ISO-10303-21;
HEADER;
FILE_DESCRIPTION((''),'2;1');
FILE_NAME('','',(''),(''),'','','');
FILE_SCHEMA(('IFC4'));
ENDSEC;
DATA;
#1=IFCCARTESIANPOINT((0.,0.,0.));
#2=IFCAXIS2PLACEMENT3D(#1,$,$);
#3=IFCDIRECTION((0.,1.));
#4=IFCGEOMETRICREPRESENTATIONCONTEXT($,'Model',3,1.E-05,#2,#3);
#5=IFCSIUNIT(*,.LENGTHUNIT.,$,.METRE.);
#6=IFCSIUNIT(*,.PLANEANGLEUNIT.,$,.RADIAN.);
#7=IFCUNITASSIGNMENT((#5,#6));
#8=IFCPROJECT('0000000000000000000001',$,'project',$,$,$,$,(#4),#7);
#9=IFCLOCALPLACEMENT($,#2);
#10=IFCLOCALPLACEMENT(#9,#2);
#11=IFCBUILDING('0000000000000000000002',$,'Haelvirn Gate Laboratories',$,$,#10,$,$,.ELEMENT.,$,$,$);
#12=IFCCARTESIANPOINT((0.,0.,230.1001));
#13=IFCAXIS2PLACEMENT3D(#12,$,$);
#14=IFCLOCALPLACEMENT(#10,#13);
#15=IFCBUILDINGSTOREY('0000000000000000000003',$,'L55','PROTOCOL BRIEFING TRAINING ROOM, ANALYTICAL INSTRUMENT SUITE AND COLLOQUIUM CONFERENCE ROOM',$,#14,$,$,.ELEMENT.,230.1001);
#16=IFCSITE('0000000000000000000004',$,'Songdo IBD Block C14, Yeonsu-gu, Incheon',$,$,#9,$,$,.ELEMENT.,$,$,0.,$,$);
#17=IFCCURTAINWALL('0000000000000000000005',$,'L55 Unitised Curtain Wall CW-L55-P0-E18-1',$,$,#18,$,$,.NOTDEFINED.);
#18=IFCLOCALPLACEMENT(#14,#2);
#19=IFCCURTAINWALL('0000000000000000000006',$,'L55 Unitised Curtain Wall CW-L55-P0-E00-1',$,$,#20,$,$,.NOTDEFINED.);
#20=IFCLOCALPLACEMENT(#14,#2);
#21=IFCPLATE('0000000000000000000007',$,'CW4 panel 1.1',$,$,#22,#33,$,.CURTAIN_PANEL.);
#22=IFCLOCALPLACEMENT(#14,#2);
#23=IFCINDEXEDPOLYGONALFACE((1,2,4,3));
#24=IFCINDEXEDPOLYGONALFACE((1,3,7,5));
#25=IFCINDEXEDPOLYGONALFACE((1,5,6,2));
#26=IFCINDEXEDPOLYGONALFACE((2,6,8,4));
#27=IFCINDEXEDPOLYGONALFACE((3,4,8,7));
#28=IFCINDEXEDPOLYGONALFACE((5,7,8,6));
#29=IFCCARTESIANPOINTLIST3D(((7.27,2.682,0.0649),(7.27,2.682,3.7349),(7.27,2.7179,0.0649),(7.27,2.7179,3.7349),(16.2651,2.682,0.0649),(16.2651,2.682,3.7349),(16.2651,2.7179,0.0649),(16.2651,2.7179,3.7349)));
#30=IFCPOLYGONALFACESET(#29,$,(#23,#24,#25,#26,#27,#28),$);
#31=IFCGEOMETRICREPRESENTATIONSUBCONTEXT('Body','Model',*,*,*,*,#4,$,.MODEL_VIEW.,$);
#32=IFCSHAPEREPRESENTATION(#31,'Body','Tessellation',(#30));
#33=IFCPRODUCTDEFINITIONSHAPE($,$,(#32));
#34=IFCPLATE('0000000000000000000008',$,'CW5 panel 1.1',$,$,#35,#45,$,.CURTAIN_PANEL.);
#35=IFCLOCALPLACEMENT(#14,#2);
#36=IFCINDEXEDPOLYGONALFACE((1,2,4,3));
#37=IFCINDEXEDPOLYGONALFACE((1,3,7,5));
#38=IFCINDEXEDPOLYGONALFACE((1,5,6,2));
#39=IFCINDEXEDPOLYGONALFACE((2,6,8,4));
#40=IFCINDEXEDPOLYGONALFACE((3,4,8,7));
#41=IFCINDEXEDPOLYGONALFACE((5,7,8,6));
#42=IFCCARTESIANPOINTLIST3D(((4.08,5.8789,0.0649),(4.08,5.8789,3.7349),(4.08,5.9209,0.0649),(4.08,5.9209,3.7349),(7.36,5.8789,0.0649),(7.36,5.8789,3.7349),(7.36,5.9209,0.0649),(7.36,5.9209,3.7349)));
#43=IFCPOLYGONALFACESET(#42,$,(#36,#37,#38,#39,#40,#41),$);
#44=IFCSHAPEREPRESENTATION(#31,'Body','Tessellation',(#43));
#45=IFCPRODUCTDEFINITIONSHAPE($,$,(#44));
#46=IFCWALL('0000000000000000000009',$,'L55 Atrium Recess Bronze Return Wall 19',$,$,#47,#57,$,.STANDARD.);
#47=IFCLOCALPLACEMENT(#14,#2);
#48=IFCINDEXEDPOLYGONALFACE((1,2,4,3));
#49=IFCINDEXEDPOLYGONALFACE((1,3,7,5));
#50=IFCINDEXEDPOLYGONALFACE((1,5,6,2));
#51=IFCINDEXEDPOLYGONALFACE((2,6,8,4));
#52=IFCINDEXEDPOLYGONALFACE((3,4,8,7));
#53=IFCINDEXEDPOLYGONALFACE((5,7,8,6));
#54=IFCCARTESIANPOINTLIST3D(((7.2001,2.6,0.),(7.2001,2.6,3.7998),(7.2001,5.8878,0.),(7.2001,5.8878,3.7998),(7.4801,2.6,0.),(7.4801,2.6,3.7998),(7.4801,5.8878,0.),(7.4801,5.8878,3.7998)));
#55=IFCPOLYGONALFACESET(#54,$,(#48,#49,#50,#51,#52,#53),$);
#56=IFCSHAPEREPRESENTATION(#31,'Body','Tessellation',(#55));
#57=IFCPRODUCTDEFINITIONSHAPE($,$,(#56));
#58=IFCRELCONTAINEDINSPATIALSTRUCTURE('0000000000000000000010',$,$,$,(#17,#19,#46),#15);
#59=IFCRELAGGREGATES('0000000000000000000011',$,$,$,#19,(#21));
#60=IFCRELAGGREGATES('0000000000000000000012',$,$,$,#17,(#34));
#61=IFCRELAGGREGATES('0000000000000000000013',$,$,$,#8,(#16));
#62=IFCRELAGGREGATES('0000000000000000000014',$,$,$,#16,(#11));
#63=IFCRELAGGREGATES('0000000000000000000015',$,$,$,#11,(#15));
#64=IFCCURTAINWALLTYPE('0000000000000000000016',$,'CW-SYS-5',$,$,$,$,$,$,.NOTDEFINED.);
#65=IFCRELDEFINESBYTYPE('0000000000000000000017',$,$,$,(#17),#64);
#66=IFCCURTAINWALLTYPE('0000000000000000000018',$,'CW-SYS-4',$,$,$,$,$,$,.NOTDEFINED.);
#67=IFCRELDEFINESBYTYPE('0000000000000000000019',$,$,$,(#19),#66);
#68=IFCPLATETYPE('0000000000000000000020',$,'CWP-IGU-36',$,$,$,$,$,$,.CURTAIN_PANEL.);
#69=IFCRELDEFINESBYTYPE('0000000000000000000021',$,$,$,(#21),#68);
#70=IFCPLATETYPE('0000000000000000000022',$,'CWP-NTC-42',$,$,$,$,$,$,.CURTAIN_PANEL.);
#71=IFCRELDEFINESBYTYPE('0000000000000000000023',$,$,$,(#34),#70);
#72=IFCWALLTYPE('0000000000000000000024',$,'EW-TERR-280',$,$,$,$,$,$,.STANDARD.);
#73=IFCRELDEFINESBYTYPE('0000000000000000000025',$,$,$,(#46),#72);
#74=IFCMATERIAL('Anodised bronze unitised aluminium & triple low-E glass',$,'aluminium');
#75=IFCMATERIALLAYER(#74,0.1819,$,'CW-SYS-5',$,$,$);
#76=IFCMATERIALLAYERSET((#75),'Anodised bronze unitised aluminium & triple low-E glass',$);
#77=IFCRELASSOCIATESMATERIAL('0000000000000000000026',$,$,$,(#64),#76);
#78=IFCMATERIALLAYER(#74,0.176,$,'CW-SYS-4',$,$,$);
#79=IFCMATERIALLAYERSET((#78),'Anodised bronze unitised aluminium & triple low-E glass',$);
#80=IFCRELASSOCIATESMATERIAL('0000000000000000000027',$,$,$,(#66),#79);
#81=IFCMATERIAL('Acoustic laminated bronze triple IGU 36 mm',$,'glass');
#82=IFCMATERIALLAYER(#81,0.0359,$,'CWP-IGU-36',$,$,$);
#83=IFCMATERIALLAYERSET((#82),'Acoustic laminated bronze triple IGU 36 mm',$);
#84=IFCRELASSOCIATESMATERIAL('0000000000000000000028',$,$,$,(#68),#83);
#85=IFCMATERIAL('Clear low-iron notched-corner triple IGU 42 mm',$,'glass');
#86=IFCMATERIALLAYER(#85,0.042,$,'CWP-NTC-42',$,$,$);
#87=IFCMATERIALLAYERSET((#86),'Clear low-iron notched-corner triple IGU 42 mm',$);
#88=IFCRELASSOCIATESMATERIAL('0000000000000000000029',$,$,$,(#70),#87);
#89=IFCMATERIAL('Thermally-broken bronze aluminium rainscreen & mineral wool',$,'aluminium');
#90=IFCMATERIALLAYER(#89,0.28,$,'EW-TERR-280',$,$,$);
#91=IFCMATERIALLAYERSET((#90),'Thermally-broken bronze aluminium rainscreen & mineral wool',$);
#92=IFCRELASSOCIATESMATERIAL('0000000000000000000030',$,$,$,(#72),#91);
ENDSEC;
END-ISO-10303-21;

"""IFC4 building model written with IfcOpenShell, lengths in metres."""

from ifc_helpers import new_model, si_unit, direction, frame, frame_2d, origin, origin_2d, place, context, subcontext, project, spatial, rectangle, extrude, source, transform, mapped, material, layer, layer_set, type_object, type_shapes, element, aggregate, save


model = new_model("IFC4")

# Units and contexts
model_context = context("Model", 3, precision=1e-05, world=origin(), true_north=direction((0.0, 1.0)))
body_context = subcontext(model_context, "Body", "Model", "MODEL_VIEW")
ifc_project = project(units=[si_unit("LENGTHUNIT", "METRE"), si_unit("PLANEANGLEUNIT", "RADIAN")], contexts=[model_context])

# Site, building, storey
site_placement = place(None, origin())
site = spatial("IfcSite", under=ifc_project, at=site_placement, Name="Songdo IBD Block C14, Yeonsu-gu, Incheon", CompositionType="ELEMENT", RefElevation=0.0)
building_placement = place(site_placement, origin())
building = spatial("IfcBuilding", under=site, at=building_placement, Name="Haelvirn Gate Laboratories", CompositionType="ELEMENT")
storey_placement = place(building_placement, frame((0.0, 0.0, 230.1001)))
storey = spatial("IfcBuildingStorey", under=building, at=storey_placement, Name="L55", Description="PROTOCOL BRIEFING TRAINING ROOM, ANALYTICAL INSTRUMENT SUITE AND COLLOQUIUM CONFERENCE ROOM", CompositionType="ELEMENT", Elevation=230.1001)

# Curtain walls
ifc_material_1 = material(Name="Anodised bronze unitised aluminium & triple low-E glass", Category="aluminium")
ifc_layer_1 = layer(ifc_material_1, 0.1819, Name="CW-SYS-5")
ifc_layer_set_1 = layer_set([ifc_layer_1], Name="Anodised bronze unitised aluminium & triple low-E glass")
curtain_wall_type_1 = type_object("IfcCurtainWallType", Name="CW-SYS-5", PredefinedType="NOTDEFINED", material=ifc_layer_set_1)
curtain_wall_1_placement = place(storey_placement, origin())
curtain_wall_1 = element("IfcCurtainWall", 1, at=curtain_wall_1_placement, inside=storey, type_object=curtain_wall_type_1, Name="L55 Unitised Curtain Wall CW-L55-P0-E18-1", PredefinedType="NOTDEFINED")
ifc_layer_2 = layer(ifc_material_1, 0.176, Name="CW-SYS-4")
ifc_layer_set_2 = layer_set([ifc_layer_2], Name="Anodised bronze unitised aluminium & triple low-E glass")
curtain_wall_type_2 = type_object("IfcCurtainWallType", Name="CW-SYS-4", PredefinedType="NOTDEFINED", material=ifc_layer_set_2)
curtain_wall_2_placement = place(storey_placement, origin())
curtain_wall_2 = element("IfcCurtainWall", 2, at=curtain_wall_2_placement, inside=storey, type_object=curtain_wall_type_2, Name="L55 Unitised Curtain Wall CW-L55-P0-E00-1", PredefinedType="NOTDEFINED")

# Plates
ifc_material_2 = material(Name="Acoustic laminated bronze triple IGU 36 mm", Category="glass")
ifc_layer_3 = layer(ifc_material_2, 0.0359, Name="CWP-IGU-36")
ifc_layer_set_3 = layer_set([ifc_layer_3], Name="Acoustic laminated bronze triple IGU 36 mm")
plate_type_1 = type_object("IfcPlateType", Name="CWP-IGU-36", PredefinedType="CURTAIN_PANEL", material=ifc_layer_set_3)
shared_shape_1 = source(origin(), body_context, "Body", "SweptSolid", [
    extrude(rectangle(XDim=8.9951, YDim=0.0359, at=origin_2d()), origin(), (0.0, 0.0, 1.0), 3.6699),
])
type_shapes(plate_type_1, [shared_shape_1])
plate_1_placement = place(storey_placement, frame((11.7676, 2.7, 0.0649), z_axis=(0.0, 0.0, 1.0), x_axis=(1.0, 0.0, 0.0)))
plate_1 = element("IfcPlate", 3, at=plate_1_placement, type_object=plate_type_1, Name="CW4 panel 1.1", PredefinedType="CURTAIN_PANEL", context=body_context, shape_type="MappedRepresentation", body=[
    mapped(shared_shape_1, transform((0.0, 0.0, 0.0), scale=1.0)),
])
aggregate(curtain_wall_2, [plate_1])
ifc_material_3 = material(Name="Clear low-iron notched-corner triple IGU 42 mm", Category="glass")
ifc_layer_4 = layer(ifc_material_3, 0.042, Name="CWP-NTC-42")
ifc_layer_set_4 = layer_set([ifc_layer_4], Name="Clear low-iron notched-corner triple IGU 42 mm")
plate_type_2 = type_object("IfcPlateType", Name="CWP-NTC-42", PredefinedType="CURTAIN_PANEL", material=ifc_layer_set_4)
shared_shape_2 = source(origin(), body_context, "Body", "SweptSolid", [
    extrude(rectangle(XDim=3.28, YDim=0.042, at=origin_2d()), origin(), (0.0, 0.0, 1.0), 3.6699),
])
type_shapes(plate_type_2, [shared_shape_2])
plate_2_placement = place(storey_placement, frame((5.72, 5.8999, 0.0649), z_axis=(0.0, 0.0, 1.0), x_axis=(1.0, 0.0, 0.0)))
plate_2 = element("IfcPlate", 4, at=plate_2_placement, type_object=plate_type_2, Name="CW5 panel 1.1", PredefinedType="CURTAIN_PANEL", context=body_context, shape_type="MappedRepresentation", body=[
    mapped(shared_shape_2, transform((0.0, 0.0, 0.0), scale=1.0)),
])
aggregate(curtain_wall_1, [plate_2])

# Wall
ifc_material_4 = material(Name="Thermally-broken bronze aluminium rainscreen & mineral wool", Category="aluminium")
ifc_layer_5 = layer(ifc_material_4, 0.28, Name="EW-TERR-280")
ifc_layer_set_5 = layer_set([ifc_layer_5], Name="Thermally-broken bronze aluminium rainscreen & mineral wool")
wall_type = type_object("IfcWallType", Name="EW-TERR-280", PredefinedType="STANDARD", material=ifc_layer_set_5)
wall_placement = place(storey_placement, frame((7.3401, 5.8879, 0.0), z_axis=(0.0, 0.0, 1.0), x_axis=(0.0, -1.0, 0.0)))
element("IfcWall", 5, at=wall_placement, inside=storey, type_object=wall_type, Name="L55 Atrium Recess Bronze Return Wall 19", PredefinedType="STANDARD", context=body_context, shape_type="SweptSolid", body=[
    extrude(rectangle(XDim=3.2878, YDim=0.28, at=frame_2d((1.644, 0.0))), origin(), (0.0, 0.0, 1.0), 3.7998),
])

save(model, "model.ifc")
